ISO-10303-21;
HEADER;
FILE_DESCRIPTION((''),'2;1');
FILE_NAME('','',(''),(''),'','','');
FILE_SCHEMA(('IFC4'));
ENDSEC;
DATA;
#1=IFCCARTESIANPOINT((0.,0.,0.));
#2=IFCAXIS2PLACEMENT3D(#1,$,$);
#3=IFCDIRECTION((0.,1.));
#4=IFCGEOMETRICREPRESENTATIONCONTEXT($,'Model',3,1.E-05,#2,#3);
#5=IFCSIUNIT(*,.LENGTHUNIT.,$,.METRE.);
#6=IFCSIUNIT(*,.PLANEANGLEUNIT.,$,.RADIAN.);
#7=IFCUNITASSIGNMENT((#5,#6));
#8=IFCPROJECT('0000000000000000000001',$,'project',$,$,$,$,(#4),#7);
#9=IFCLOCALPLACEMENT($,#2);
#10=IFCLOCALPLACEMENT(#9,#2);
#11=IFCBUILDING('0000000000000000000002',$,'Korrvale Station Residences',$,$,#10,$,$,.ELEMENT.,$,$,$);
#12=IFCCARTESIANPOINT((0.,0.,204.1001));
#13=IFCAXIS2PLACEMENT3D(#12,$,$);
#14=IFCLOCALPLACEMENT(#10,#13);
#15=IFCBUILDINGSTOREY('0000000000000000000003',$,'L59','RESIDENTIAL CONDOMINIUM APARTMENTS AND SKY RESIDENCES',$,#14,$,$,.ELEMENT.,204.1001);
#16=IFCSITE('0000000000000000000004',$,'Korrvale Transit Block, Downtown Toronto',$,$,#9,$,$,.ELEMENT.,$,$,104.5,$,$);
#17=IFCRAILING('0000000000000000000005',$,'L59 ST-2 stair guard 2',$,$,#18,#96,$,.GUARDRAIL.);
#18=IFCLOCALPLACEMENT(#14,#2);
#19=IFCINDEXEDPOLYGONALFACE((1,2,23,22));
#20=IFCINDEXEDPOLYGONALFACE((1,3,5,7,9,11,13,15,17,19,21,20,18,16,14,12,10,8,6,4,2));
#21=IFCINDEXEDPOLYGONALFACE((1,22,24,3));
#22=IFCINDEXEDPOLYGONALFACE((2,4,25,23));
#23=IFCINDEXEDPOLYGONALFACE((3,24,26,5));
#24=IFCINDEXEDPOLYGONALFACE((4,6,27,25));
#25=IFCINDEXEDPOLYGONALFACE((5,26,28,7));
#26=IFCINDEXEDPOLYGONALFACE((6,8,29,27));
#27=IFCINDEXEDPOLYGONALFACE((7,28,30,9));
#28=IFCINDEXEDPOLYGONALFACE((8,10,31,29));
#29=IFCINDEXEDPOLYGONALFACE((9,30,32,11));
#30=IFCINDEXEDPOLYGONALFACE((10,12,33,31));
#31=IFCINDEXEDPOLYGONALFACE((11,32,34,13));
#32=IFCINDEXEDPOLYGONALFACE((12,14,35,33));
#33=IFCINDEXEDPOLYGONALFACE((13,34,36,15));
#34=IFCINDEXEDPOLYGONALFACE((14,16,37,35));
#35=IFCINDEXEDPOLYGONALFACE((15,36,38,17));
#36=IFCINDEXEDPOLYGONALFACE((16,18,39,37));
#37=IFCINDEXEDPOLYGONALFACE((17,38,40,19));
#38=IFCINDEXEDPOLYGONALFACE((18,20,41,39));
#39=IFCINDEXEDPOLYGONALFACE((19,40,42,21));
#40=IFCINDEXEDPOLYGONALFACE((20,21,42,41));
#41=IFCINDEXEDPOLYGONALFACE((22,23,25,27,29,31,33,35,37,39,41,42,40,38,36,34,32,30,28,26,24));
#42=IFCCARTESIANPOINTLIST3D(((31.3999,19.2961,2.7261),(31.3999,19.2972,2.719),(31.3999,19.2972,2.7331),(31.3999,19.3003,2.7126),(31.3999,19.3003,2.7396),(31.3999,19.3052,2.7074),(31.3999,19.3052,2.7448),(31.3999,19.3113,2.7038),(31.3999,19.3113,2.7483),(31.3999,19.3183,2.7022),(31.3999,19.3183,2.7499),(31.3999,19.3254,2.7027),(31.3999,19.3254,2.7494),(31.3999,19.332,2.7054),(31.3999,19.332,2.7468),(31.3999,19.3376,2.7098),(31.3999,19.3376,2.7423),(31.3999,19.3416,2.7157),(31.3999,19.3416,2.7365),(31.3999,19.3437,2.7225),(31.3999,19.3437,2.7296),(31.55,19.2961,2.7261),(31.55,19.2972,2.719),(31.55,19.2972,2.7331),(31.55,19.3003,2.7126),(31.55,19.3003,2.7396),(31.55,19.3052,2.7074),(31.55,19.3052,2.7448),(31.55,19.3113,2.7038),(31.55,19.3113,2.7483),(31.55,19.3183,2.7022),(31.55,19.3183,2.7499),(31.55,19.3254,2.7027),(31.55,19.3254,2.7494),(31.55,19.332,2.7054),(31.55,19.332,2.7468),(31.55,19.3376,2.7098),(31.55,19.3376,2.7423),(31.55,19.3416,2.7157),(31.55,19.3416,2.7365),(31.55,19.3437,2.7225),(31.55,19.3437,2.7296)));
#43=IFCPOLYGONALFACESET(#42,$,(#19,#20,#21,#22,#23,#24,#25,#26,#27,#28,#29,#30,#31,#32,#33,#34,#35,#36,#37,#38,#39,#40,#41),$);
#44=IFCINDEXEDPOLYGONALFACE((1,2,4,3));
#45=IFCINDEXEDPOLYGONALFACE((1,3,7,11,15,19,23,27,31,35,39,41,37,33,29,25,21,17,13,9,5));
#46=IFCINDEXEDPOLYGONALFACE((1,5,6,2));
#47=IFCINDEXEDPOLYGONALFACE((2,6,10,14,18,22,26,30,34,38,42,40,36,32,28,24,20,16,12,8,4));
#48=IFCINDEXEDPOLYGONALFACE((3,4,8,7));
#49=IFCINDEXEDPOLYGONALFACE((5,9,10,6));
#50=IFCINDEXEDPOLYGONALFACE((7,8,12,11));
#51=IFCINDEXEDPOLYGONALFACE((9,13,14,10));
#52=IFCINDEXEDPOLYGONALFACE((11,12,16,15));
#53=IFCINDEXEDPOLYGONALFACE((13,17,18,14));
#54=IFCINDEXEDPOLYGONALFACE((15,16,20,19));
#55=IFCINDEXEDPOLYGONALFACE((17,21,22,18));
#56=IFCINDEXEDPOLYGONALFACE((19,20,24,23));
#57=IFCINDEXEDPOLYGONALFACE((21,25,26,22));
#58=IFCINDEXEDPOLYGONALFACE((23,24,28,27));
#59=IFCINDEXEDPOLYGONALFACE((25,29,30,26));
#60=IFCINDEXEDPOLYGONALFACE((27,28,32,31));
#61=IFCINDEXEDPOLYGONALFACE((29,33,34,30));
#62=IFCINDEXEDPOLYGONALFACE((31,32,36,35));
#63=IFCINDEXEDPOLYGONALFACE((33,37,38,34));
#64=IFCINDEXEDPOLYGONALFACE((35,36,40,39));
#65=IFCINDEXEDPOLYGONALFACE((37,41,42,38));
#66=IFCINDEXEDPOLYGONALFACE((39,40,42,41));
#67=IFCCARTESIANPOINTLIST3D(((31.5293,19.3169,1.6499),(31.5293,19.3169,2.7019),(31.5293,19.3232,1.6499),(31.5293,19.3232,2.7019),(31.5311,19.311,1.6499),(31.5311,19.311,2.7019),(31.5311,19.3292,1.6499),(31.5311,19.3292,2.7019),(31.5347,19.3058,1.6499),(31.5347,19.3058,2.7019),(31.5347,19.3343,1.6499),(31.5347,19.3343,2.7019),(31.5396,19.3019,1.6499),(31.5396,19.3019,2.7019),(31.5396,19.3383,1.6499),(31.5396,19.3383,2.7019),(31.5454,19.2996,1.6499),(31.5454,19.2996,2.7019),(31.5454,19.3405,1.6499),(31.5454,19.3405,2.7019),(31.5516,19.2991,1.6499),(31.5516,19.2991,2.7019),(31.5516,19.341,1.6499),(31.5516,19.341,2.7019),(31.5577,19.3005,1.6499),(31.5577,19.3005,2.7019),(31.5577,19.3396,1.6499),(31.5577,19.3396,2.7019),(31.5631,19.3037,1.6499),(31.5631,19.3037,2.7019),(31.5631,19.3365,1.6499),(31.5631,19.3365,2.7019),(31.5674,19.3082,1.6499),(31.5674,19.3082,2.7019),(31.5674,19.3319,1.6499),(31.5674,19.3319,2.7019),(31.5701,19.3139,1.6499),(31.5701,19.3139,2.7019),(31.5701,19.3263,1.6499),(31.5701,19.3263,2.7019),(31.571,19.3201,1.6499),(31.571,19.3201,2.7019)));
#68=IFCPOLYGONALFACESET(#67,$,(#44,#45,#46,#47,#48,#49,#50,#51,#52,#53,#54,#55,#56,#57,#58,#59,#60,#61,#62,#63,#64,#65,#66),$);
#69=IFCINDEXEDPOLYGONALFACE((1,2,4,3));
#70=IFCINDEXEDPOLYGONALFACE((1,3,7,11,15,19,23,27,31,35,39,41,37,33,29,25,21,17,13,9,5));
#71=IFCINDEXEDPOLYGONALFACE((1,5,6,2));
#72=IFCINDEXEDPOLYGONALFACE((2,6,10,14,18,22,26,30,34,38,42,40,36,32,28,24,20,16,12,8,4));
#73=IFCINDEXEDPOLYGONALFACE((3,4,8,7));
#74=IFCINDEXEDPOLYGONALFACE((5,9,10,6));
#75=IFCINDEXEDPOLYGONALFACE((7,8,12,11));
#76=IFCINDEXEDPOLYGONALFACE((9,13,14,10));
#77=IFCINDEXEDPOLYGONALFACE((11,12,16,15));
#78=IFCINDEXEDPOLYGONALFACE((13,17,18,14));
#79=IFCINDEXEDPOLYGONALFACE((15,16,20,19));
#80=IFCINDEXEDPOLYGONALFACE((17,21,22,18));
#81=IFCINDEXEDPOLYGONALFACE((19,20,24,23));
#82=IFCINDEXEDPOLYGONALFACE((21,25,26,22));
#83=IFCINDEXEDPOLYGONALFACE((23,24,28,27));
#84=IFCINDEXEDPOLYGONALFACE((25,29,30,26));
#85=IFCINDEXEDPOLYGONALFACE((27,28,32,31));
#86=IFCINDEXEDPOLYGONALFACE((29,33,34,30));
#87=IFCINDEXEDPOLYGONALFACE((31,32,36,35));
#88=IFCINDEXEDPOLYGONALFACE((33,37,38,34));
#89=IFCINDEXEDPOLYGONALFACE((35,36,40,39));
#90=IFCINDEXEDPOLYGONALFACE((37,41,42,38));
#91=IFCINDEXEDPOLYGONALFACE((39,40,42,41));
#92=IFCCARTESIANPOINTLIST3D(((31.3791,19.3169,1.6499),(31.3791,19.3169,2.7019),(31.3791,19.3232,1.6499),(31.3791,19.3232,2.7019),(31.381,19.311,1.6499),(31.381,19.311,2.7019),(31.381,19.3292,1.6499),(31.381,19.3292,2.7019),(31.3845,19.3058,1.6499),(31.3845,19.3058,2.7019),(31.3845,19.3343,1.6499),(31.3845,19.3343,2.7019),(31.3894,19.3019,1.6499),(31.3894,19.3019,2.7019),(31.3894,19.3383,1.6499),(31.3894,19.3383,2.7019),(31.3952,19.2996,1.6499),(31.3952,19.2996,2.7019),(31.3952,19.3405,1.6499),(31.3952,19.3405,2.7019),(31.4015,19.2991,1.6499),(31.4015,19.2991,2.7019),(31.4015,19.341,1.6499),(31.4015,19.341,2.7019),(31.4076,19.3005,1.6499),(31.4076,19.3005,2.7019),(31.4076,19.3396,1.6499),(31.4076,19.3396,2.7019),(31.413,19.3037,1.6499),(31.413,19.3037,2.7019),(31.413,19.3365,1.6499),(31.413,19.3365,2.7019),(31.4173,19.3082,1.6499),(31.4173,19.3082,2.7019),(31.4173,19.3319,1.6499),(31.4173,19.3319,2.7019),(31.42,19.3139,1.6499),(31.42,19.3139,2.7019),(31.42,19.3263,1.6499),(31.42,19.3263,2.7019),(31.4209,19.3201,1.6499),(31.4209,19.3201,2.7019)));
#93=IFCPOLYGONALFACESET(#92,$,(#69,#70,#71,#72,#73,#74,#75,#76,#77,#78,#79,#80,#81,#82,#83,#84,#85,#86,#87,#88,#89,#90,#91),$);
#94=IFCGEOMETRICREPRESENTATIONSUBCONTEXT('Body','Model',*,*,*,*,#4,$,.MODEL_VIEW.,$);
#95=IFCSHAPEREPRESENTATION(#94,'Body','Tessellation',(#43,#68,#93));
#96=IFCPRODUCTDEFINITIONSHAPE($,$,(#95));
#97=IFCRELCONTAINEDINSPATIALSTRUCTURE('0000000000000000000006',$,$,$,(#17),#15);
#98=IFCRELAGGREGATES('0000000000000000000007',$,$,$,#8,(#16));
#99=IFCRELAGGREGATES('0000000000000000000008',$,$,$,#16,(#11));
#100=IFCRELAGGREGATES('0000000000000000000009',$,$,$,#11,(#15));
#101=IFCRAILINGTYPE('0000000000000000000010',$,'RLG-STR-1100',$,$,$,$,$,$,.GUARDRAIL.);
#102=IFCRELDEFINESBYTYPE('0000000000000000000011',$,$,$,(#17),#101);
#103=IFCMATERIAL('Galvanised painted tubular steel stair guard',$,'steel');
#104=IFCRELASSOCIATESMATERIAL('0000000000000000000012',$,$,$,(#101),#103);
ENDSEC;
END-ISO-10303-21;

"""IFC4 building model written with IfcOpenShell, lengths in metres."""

from ifc_helpers import new_model, si_unit, direction, frame, origin, origin_2d, place, context, subcontext, project, spatial, circle, extrude, material, type_object, element, save


model = new_model("IFC4")

# Units and contexts
model_context = context("Model", 3, precision=1e-05, world=origin(), true_north=direction((0.0, 1.0)))
body_context = subcontext(model_context, "Body", "Model", "MODEL_VIEW")
ifc_project = project(units=[si_unit("LENGTHUNIT", "METRE"), si_unit("PLANEANGLEUNIT", "RADIAN")], contexts=[model_context])

# Site, building, storey
site_placement = place(None, origin())
site = spatial("IfcSite", under=ifc_project, at=site_placement, Name="Korrvale Transit Block, Downtown Toronto", CompositionType="ELEMENT", RefElevation=104.5)
building_placement = place(site_placement, origin())
building = spatial("IfcBuilding", under=site, at=building_placement, Name="Korrvale Station Residences", CompositionType="ELEMENT")
storey_placement = place(building_placement, frame((0.0, 0.0, 204.1001)))
storey = spatial("IfcBuildingStorey", under=building, at=storey_placement, Name="L59", Description="RESIDENTIAL CONDOMINIUM APARTMENTS AND SKY RESIDENCES", CompositionType="ELEMENT", Elevation=204.1001)

# Railing
ifc_material_1 = material(Name="Galvanised painted tubular steel stair guard", Category="steel")
railing_type_1 = type_object("IfcRailingType", Name="RLG-STR-1100", PredefinedType="GUARDRAIL", material=ifc_material_1)
railing_1_placement = place(storey_placement, frame((31.55, 19.3201, 1.6499)))
element("IfcRailing", 1, at=railing_1_placement, inside=storey, type_object=railing_type_1, Name="L59 ST-2 stair guard 2", PredefinedType="GUARDRAIL", context=body_context, shape_type="SweptSolid", body=[
    extrude(circle(Radius=0.0239, at=origin_2d()), frame((0.0, 0.0, 1.0762), z_axis=(-1.0, 0.0, 0.0), x_axis=(0.0, -1.0, 0.0)), (0.0, 0.0, 1.0), 0.1501),
    extrude(circle(Radius=0.021, at=origin_2d()), origin(), (0.0, 0.0, 1.0), 1.052),
    extrude(circle(Radius=0.021, at=origin_2d()), frame((-0.1501, 0.0, 0.0)), (0.0, 0.0, 1.0), 1.052),
])

save(model, "model.ifc")
